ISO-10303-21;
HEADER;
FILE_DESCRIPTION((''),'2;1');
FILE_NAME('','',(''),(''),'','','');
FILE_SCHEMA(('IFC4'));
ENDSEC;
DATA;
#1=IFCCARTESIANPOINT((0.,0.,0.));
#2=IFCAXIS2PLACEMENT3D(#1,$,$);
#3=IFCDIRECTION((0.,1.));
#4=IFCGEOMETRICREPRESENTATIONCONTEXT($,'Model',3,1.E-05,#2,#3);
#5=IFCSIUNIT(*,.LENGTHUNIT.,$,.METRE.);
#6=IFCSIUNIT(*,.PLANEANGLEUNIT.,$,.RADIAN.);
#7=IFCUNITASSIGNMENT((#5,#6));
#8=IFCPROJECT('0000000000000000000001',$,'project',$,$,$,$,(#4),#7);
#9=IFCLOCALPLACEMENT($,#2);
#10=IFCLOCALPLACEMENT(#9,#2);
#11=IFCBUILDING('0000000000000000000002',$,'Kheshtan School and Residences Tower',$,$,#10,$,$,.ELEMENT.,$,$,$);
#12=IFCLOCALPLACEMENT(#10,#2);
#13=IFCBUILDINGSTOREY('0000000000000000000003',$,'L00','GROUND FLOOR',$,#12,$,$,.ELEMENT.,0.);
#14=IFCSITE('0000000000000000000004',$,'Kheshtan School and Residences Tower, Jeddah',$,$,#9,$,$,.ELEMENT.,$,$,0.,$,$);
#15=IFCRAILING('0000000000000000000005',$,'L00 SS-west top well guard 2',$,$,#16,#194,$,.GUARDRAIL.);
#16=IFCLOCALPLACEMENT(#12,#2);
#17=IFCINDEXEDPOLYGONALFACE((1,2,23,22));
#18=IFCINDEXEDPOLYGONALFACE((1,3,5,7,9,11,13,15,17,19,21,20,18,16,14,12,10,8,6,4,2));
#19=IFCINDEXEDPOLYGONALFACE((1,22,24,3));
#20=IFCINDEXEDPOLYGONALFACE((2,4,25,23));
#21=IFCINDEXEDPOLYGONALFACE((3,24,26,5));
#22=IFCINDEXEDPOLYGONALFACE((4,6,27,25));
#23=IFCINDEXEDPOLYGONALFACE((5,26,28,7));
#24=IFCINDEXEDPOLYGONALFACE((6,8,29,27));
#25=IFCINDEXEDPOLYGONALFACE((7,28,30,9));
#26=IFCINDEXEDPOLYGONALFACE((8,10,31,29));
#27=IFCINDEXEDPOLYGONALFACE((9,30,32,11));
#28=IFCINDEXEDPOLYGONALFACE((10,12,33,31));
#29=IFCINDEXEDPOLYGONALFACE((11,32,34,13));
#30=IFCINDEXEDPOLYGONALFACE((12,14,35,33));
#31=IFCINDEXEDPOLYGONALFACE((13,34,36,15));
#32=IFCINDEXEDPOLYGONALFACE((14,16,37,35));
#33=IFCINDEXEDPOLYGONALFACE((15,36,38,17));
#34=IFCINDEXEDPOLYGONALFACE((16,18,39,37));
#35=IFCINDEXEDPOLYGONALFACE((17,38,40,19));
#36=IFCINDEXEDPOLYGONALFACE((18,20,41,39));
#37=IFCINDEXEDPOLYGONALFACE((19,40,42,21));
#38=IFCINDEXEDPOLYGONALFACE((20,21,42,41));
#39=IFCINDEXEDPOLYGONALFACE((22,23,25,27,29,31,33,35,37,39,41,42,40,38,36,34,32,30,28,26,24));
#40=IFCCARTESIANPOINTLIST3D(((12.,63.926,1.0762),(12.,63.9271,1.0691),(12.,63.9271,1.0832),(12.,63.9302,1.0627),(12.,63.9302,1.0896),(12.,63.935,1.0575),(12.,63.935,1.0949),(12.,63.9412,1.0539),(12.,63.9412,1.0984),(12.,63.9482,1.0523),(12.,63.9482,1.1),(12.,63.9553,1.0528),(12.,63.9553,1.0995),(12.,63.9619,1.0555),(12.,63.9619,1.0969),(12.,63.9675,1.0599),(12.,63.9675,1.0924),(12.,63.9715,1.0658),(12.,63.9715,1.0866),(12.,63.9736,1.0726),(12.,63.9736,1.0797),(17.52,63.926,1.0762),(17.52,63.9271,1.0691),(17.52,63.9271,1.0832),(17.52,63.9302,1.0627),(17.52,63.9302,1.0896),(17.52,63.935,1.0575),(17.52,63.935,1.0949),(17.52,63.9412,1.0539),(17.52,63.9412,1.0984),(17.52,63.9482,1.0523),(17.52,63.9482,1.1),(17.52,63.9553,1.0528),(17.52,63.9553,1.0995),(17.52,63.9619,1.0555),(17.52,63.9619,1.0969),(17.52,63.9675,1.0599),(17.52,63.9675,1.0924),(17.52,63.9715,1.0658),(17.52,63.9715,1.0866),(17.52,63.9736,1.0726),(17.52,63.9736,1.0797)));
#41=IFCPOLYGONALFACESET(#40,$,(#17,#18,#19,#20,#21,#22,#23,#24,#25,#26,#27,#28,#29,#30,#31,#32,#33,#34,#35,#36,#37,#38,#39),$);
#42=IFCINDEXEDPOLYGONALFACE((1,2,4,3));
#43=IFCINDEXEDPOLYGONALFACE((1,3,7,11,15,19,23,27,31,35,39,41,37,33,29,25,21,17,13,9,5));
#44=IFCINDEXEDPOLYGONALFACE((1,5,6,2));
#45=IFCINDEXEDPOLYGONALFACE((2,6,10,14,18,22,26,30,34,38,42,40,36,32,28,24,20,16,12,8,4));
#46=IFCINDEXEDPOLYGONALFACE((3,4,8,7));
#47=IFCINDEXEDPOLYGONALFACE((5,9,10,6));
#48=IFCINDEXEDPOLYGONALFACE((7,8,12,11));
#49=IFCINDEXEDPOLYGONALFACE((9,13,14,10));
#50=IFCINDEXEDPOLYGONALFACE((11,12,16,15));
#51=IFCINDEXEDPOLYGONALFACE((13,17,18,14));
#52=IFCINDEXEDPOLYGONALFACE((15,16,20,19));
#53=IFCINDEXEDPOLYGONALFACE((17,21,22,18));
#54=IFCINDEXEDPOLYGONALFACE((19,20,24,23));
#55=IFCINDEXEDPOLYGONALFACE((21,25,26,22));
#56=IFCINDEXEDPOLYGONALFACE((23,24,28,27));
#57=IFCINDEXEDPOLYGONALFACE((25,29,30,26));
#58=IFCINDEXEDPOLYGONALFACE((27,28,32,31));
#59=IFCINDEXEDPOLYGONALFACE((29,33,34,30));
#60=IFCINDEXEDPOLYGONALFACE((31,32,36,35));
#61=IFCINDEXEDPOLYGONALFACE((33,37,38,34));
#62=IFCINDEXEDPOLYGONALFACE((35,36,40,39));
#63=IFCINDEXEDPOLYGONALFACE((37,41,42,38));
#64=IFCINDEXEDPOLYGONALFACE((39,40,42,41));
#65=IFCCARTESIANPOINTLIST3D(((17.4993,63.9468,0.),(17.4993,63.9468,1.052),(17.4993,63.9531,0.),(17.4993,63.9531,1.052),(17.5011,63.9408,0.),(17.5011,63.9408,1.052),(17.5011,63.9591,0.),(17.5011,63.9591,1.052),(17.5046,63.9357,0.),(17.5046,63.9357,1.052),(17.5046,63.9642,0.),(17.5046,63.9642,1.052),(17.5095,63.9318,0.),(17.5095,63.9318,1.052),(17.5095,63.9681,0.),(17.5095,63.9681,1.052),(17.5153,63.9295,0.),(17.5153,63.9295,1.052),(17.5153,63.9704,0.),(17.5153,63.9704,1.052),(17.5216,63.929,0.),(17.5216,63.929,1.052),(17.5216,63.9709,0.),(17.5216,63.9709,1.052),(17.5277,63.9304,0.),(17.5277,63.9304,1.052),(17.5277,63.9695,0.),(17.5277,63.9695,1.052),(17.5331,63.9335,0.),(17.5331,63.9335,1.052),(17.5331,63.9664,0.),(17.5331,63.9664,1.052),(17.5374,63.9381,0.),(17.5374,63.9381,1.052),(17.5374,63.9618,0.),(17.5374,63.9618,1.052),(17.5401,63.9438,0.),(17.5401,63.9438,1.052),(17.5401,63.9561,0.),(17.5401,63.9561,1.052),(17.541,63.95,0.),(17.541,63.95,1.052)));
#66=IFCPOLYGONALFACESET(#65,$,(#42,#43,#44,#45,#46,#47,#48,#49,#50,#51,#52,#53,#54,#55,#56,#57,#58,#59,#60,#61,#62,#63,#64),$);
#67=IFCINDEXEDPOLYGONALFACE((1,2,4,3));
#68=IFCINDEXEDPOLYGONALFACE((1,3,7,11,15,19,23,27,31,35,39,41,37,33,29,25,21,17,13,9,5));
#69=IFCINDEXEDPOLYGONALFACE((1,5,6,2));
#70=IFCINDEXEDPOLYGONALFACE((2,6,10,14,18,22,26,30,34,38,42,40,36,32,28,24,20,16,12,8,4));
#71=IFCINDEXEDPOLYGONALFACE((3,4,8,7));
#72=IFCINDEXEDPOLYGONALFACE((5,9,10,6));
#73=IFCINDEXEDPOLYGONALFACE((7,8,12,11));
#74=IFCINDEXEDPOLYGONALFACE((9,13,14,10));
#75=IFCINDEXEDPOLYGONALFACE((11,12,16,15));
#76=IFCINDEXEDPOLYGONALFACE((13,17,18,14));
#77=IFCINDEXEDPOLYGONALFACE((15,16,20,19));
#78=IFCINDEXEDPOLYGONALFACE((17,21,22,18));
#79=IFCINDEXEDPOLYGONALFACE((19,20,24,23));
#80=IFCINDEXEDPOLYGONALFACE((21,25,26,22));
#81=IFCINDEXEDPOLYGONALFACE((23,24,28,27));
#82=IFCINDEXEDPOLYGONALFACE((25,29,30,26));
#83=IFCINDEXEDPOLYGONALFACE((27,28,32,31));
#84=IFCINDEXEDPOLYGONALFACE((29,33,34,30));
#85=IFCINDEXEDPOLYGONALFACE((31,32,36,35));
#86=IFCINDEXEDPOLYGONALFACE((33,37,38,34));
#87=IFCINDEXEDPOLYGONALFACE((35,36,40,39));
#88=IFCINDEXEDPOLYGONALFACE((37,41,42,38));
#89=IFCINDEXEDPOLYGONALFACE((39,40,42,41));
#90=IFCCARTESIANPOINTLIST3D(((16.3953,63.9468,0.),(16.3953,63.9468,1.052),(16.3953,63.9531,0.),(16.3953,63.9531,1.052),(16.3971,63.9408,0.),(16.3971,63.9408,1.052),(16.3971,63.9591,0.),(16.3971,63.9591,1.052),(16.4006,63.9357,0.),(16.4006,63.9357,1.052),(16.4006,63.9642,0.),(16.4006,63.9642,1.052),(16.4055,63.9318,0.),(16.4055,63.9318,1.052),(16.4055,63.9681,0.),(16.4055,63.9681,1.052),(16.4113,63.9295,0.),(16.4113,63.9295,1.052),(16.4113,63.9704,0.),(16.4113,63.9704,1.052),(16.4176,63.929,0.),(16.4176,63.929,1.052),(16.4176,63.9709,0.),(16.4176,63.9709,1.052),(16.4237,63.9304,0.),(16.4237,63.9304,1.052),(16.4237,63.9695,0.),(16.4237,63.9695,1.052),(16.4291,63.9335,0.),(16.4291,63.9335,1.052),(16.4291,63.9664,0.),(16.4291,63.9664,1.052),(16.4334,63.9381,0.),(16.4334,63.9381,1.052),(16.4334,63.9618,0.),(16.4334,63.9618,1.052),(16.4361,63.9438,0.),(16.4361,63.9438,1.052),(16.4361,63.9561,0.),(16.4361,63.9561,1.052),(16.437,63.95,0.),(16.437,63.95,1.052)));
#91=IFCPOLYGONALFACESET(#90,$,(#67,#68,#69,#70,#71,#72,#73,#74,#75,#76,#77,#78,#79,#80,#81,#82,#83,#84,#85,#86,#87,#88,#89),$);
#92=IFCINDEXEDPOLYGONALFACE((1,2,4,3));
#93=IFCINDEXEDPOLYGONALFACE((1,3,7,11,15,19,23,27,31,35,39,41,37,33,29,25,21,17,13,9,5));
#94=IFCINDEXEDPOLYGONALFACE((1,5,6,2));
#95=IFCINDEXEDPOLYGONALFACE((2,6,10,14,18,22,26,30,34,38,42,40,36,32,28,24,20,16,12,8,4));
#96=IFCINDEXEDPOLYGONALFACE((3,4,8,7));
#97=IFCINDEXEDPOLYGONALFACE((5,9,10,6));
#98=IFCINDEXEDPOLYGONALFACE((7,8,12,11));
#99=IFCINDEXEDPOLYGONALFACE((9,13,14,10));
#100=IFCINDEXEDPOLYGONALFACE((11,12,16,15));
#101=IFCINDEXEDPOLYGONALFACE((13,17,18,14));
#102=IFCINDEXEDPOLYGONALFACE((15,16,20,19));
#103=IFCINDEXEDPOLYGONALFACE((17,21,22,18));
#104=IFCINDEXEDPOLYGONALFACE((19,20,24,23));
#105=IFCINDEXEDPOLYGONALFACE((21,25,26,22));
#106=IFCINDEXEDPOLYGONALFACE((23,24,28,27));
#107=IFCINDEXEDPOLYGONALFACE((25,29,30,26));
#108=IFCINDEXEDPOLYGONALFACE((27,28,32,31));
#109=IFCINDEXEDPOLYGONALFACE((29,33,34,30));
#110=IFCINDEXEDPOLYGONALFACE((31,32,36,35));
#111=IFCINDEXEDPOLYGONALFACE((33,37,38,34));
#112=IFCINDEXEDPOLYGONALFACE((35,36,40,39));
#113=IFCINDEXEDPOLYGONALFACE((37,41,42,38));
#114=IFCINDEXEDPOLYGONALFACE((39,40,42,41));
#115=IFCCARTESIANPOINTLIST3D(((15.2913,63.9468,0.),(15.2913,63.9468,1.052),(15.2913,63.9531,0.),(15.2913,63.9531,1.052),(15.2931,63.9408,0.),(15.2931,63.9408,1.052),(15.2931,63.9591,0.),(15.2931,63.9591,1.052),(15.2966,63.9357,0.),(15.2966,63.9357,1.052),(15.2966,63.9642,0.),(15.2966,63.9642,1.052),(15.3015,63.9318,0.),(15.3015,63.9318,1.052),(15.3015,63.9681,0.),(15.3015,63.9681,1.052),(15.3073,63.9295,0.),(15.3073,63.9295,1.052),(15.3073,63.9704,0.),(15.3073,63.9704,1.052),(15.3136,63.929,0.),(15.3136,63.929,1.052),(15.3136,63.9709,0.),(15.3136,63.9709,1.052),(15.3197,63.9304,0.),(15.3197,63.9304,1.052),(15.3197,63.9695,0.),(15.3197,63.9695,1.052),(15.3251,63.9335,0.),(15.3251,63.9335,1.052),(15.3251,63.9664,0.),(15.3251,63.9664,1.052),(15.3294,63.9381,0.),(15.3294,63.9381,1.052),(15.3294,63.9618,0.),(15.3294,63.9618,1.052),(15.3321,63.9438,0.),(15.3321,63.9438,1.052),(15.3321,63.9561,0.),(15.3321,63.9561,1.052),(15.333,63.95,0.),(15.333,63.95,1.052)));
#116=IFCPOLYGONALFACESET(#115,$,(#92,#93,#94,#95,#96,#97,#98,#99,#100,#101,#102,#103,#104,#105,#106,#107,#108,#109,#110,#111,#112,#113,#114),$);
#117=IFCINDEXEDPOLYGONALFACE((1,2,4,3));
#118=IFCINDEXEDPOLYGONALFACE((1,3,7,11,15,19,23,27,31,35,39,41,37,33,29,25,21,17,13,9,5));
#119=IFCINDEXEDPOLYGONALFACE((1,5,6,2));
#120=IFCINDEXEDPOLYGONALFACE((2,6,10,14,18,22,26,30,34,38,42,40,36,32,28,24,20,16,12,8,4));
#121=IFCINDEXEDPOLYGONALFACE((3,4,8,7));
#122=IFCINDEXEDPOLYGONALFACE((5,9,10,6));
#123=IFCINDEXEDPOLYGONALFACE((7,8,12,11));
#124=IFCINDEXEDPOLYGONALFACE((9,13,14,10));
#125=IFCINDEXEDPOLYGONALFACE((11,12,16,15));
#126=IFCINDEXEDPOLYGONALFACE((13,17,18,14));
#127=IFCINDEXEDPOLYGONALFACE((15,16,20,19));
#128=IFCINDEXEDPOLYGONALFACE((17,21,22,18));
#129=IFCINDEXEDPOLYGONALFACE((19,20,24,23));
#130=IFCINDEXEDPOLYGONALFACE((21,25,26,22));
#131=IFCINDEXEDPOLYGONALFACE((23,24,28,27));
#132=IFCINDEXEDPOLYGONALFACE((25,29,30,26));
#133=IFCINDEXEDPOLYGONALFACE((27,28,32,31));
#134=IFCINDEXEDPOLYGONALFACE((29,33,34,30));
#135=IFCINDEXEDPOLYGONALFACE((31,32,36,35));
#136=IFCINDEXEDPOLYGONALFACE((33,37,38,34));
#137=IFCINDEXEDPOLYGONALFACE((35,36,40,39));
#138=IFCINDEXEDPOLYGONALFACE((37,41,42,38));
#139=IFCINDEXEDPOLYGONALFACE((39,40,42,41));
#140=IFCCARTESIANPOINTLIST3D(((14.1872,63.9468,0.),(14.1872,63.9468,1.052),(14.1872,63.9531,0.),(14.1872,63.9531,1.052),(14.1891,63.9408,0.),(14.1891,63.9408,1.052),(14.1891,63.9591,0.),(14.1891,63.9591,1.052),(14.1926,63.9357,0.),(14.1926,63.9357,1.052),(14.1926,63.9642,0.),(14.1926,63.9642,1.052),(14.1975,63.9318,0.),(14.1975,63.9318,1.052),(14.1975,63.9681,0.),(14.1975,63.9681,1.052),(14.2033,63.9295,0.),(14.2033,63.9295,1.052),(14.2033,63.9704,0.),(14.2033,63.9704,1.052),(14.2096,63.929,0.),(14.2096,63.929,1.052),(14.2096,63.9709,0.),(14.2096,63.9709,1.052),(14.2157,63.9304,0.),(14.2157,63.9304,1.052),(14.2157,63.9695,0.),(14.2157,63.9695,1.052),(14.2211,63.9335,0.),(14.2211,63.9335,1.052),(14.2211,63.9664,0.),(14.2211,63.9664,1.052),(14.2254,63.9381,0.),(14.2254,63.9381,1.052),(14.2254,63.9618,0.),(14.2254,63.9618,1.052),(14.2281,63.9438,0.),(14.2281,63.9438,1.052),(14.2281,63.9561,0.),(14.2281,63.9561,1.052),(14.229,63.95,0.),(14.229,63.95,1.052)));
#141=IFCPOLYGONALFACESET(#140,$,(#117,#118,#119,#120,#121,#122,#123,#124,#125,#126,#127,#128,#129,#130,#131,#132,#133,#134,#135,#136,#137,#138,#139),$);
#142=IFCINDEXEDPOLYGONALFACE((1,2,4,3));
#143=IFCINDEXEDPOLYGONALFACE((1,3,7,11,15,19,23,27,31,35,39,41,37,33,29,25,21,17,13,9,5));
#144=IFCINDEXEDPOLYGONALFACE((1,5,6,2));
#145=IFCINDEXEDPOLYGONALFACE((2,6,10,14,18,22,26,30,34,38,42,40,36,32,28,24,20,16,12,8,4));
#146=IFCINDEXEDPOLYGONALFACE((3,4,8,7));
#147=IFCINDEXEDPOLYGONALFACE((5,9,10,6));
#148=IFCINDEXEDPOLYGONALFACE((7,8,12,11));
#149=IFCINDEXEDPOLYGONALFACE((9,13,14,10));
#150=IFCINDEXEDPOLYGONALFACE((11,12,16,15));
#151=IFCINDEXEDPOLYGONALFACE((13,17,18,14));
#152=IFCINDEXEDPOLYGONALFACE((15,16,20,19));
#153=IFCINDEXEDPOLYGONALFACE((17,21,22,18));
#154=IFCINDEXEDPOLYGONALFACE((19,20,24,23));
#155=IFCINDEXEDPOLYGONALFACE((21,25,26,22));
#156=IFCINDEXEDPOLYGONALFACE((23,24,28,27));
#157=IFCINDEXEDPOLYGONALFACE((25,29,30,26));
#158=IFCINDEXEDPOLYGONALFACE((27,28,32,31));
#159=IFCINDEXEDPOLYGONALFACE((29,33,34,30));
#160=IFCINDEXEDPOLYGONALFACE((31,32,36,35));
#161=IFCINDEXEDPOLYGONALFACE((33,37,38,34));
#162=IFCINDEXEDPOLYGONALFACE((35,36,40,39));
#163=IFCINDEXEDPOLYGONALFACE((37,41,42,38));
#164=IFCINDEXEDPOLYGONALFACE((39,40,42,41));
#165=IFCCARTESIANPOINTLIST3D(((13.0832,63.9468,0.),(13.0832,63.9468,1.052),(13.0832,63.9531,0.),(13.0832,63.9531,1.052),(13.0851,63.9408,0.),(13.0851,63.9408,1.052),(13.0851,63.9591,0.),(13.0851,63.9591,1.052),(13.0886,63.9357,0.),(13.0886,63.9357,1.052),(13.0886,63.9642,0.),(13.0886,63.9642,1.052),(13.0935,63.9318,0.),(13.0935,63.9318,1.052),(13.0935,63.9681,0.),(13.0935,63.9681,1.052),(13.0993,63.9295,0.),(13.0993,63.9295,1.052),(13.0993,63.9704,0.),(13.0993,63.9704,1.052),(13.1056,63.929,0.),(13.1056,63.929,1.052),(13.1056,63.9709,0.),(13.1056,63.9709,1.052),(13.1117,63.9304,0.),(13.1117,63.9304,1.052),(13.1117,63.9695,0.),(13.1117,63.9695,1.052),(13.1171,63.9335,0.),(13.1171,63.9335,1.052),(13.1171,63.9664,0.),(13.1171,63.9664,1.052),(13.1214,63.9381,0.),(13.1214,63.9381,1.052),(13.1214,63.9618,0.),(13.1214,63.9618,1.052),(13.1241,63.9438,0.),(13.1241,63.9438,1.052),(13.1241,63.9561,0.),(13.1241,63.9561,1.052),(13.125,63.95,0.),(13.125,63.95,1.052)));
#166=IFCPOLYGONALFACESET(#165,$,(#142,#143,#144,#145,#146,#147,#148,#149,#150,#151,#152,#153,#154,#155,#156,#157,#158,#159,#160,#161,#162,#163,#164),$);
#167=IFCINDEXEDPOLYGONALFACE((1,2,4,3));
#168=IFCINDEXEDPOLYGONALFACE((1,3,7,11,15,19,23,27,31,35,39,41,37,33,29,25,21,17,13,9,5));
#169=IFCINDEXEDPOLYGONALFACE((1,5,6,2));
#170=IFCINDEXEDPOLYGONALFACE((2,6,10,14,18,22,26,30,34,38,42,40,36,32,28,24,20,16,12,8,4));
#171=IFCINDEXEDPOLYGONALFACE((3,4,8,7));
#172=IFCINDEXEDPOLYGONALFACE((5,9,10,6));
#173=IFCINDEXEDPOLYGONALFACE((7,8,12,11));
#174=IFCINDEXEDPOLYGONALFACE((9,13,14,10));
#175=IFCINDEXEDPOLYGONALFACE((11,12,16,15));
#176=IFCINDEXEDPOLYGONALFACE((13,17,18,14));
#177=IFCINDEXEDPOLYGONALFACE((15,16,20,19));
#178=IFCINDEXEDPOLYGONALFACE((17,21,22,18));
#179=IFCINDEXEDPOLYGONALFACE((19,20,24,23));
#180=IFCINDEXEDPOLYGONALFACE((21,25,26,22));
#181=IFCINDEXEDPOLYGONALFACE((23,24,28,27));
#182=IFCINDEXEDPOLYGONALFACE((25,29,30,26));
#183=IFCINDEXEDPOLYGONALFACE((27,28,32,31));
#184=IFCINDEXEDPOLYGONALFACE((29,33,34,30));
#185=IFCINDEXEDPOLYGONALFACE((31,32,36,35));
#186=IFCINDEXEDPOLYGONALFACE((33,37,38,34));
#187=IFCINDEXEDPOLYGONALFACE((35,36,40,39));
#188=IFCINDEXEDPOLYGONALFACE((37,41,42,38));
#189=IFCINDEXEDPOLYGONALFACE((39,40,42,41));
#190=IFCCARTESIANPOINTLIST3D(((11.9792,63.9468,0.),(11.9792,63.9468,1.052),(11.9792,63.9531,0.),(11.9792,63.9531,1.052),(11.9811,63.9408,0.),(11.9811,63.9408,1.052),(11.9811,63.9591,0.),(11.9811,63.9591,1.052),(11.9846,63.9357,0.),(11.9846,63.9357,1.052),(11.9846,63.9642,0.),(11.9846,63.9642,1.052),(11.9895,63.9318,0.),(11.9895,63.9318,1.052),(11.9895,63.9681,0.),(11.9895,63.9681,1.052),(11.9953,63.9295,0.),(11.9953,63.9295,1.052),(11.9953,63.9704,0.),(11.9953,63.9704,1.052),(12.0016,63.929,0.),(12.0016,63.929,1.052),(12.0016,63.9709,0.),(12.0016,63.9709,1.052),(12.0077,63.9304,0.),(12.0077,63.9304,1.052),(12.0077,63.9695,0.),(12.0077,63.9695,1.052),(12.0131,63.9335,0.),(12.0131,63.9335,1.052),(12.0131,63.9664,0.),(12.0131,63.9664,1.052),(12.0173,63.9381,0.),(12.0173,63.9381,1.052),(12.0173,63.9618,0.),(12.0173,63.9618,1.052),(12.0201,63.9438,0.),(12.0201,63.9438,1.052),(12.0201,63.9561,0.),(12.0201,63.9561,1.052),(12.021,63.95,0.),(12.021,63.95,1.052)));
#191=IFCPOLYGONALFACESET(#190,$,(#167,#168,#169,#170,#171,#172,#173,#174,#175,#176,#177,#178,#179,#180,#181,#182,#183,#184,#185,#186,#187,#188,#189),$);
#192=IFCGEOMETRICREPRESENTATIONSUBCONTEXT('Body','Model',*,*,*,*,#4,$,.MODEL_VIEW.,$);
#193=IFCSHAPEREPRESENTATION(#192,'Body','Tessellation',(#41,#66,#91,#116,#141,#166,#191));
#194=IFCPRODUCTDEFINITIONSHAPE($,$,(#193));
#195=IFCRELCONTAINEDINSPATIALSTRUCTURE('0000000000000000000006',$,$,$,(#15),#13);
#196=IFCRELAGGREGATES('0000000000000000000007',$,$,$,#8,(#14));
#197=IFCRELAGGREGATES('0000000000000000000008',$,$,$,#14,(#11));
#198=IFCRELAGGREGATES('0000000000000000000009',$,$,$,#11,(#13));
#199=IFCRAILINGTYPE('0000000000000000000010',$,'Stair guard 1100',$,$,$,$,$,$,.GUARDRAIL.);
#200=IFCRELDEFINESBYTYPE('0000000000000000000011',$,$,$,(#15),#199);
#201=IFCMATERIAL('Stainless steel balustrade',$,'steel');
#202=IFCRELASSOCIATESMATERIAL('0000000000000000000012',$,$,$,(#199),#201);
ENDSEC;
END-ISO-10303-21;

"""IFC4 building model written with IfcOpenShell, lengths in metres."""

from ifc_helpers import new_model, si_unit, direction, frame, origin, origin_2d, place, context, subcontext, project, spatial, circle, extrude, material, type_object, element, save


model = new_model("IFC4")

# Units and contexts
model_context = context("Model", 3, precision=1e-05, world=origin(), true_north=direction((0.0, 1.0)))
body_context = subcontext(model_context, "Body", "Model", "MODEL_VIEW")
ifc_project = project(units=[si_unit("LENGTHUNIT", "METRE"), si_unit("PLANEANGLEUNIT", "RADIAN")], contexts=[model_context])

# Site, building, storey
site_placement = place(None, origin())
site = spatial("IfcSite", under=ifc_project, at=site_placement, Name="Kheshtan School and Residences Tower, Jeddah", CompositionType="ELEMENT", RefElevation=0.0)
building_placement = place(site_placement, origin())
building = spatial("IfcBuilding", under=site, at=building_placement, Name="Kheshtan School and Residences Tower", CompositionType="ELEMENT")
storey_placement = place(building_placement, origin())
storey = spatial("IfcBuildingStorey", under=building, at=storey_placement, Name="L00", Description="GROUND FLOOR", CompositionType="ELEMENT", Elevation=0.0)

# Railing
ifc_material_1 = material(Name="Stainless steel balustrade", Category="steel")
railing_type = type_object("IfcRailingType", Name="Stair guard 1100", PredefinedType="GUARDRAIL", material=ifc_material_1)
for number, where, name in (
    (1, (17.52, 63.95, 0.0), "L00 SS-west top well guard 2"),
):
    element("IfcRailing", number, at=place(storey_placement, frame(where)), inside=storey, type_object=railing_type, Name=name, PredefinedType="GUARDRAIL", context=body_context, shape_type="SweptSolid", body=[
        extrude(circle(Radius=0.0239, at=origin_2d()), frame((0.0, 0.0, 1.0762), z_axis=(-1.0, 0.0, 0.0), x_axis=(0.0, -1.0, 0.0)), (0.0, 0.0, 1.0), 5.52),
        extrude(circle(Radius=0.021, at=origin_2d()), origin(), (0.0, 0.0, 1.0), 1.052),
        extrude(circle(Radius=0.021, at=origin_2d()), frame((-1.104, 0.0, 0.0)), (0.0, 0.0, 1.0), 1.052),
        extrude(circle(Radius=0.021, at=origin_2d()), frame((-2.208, 0.0, 0.0)), (0.0, 0.0, 1.0), 1.052),
        extrude(circle(Radius=0.021, at=origin_2d()), frame((-3.312, 0.0, 0.0)), (0.0, 0.0, 1.0), 1.052),
        extrude(circle(Radius=0.021, at=origin_2d()), frame((-4.416, 0.0, 0.0)), (0.0, 0.0, 1.0), 1.052),
        extrude(circle(Radius=0.021, at=origin_2d()), frame((-5.52, 0.0, 0.0)), (0.0, 0.0, 1.0), 1.052),
    ])

save(model, "model.ifc")
